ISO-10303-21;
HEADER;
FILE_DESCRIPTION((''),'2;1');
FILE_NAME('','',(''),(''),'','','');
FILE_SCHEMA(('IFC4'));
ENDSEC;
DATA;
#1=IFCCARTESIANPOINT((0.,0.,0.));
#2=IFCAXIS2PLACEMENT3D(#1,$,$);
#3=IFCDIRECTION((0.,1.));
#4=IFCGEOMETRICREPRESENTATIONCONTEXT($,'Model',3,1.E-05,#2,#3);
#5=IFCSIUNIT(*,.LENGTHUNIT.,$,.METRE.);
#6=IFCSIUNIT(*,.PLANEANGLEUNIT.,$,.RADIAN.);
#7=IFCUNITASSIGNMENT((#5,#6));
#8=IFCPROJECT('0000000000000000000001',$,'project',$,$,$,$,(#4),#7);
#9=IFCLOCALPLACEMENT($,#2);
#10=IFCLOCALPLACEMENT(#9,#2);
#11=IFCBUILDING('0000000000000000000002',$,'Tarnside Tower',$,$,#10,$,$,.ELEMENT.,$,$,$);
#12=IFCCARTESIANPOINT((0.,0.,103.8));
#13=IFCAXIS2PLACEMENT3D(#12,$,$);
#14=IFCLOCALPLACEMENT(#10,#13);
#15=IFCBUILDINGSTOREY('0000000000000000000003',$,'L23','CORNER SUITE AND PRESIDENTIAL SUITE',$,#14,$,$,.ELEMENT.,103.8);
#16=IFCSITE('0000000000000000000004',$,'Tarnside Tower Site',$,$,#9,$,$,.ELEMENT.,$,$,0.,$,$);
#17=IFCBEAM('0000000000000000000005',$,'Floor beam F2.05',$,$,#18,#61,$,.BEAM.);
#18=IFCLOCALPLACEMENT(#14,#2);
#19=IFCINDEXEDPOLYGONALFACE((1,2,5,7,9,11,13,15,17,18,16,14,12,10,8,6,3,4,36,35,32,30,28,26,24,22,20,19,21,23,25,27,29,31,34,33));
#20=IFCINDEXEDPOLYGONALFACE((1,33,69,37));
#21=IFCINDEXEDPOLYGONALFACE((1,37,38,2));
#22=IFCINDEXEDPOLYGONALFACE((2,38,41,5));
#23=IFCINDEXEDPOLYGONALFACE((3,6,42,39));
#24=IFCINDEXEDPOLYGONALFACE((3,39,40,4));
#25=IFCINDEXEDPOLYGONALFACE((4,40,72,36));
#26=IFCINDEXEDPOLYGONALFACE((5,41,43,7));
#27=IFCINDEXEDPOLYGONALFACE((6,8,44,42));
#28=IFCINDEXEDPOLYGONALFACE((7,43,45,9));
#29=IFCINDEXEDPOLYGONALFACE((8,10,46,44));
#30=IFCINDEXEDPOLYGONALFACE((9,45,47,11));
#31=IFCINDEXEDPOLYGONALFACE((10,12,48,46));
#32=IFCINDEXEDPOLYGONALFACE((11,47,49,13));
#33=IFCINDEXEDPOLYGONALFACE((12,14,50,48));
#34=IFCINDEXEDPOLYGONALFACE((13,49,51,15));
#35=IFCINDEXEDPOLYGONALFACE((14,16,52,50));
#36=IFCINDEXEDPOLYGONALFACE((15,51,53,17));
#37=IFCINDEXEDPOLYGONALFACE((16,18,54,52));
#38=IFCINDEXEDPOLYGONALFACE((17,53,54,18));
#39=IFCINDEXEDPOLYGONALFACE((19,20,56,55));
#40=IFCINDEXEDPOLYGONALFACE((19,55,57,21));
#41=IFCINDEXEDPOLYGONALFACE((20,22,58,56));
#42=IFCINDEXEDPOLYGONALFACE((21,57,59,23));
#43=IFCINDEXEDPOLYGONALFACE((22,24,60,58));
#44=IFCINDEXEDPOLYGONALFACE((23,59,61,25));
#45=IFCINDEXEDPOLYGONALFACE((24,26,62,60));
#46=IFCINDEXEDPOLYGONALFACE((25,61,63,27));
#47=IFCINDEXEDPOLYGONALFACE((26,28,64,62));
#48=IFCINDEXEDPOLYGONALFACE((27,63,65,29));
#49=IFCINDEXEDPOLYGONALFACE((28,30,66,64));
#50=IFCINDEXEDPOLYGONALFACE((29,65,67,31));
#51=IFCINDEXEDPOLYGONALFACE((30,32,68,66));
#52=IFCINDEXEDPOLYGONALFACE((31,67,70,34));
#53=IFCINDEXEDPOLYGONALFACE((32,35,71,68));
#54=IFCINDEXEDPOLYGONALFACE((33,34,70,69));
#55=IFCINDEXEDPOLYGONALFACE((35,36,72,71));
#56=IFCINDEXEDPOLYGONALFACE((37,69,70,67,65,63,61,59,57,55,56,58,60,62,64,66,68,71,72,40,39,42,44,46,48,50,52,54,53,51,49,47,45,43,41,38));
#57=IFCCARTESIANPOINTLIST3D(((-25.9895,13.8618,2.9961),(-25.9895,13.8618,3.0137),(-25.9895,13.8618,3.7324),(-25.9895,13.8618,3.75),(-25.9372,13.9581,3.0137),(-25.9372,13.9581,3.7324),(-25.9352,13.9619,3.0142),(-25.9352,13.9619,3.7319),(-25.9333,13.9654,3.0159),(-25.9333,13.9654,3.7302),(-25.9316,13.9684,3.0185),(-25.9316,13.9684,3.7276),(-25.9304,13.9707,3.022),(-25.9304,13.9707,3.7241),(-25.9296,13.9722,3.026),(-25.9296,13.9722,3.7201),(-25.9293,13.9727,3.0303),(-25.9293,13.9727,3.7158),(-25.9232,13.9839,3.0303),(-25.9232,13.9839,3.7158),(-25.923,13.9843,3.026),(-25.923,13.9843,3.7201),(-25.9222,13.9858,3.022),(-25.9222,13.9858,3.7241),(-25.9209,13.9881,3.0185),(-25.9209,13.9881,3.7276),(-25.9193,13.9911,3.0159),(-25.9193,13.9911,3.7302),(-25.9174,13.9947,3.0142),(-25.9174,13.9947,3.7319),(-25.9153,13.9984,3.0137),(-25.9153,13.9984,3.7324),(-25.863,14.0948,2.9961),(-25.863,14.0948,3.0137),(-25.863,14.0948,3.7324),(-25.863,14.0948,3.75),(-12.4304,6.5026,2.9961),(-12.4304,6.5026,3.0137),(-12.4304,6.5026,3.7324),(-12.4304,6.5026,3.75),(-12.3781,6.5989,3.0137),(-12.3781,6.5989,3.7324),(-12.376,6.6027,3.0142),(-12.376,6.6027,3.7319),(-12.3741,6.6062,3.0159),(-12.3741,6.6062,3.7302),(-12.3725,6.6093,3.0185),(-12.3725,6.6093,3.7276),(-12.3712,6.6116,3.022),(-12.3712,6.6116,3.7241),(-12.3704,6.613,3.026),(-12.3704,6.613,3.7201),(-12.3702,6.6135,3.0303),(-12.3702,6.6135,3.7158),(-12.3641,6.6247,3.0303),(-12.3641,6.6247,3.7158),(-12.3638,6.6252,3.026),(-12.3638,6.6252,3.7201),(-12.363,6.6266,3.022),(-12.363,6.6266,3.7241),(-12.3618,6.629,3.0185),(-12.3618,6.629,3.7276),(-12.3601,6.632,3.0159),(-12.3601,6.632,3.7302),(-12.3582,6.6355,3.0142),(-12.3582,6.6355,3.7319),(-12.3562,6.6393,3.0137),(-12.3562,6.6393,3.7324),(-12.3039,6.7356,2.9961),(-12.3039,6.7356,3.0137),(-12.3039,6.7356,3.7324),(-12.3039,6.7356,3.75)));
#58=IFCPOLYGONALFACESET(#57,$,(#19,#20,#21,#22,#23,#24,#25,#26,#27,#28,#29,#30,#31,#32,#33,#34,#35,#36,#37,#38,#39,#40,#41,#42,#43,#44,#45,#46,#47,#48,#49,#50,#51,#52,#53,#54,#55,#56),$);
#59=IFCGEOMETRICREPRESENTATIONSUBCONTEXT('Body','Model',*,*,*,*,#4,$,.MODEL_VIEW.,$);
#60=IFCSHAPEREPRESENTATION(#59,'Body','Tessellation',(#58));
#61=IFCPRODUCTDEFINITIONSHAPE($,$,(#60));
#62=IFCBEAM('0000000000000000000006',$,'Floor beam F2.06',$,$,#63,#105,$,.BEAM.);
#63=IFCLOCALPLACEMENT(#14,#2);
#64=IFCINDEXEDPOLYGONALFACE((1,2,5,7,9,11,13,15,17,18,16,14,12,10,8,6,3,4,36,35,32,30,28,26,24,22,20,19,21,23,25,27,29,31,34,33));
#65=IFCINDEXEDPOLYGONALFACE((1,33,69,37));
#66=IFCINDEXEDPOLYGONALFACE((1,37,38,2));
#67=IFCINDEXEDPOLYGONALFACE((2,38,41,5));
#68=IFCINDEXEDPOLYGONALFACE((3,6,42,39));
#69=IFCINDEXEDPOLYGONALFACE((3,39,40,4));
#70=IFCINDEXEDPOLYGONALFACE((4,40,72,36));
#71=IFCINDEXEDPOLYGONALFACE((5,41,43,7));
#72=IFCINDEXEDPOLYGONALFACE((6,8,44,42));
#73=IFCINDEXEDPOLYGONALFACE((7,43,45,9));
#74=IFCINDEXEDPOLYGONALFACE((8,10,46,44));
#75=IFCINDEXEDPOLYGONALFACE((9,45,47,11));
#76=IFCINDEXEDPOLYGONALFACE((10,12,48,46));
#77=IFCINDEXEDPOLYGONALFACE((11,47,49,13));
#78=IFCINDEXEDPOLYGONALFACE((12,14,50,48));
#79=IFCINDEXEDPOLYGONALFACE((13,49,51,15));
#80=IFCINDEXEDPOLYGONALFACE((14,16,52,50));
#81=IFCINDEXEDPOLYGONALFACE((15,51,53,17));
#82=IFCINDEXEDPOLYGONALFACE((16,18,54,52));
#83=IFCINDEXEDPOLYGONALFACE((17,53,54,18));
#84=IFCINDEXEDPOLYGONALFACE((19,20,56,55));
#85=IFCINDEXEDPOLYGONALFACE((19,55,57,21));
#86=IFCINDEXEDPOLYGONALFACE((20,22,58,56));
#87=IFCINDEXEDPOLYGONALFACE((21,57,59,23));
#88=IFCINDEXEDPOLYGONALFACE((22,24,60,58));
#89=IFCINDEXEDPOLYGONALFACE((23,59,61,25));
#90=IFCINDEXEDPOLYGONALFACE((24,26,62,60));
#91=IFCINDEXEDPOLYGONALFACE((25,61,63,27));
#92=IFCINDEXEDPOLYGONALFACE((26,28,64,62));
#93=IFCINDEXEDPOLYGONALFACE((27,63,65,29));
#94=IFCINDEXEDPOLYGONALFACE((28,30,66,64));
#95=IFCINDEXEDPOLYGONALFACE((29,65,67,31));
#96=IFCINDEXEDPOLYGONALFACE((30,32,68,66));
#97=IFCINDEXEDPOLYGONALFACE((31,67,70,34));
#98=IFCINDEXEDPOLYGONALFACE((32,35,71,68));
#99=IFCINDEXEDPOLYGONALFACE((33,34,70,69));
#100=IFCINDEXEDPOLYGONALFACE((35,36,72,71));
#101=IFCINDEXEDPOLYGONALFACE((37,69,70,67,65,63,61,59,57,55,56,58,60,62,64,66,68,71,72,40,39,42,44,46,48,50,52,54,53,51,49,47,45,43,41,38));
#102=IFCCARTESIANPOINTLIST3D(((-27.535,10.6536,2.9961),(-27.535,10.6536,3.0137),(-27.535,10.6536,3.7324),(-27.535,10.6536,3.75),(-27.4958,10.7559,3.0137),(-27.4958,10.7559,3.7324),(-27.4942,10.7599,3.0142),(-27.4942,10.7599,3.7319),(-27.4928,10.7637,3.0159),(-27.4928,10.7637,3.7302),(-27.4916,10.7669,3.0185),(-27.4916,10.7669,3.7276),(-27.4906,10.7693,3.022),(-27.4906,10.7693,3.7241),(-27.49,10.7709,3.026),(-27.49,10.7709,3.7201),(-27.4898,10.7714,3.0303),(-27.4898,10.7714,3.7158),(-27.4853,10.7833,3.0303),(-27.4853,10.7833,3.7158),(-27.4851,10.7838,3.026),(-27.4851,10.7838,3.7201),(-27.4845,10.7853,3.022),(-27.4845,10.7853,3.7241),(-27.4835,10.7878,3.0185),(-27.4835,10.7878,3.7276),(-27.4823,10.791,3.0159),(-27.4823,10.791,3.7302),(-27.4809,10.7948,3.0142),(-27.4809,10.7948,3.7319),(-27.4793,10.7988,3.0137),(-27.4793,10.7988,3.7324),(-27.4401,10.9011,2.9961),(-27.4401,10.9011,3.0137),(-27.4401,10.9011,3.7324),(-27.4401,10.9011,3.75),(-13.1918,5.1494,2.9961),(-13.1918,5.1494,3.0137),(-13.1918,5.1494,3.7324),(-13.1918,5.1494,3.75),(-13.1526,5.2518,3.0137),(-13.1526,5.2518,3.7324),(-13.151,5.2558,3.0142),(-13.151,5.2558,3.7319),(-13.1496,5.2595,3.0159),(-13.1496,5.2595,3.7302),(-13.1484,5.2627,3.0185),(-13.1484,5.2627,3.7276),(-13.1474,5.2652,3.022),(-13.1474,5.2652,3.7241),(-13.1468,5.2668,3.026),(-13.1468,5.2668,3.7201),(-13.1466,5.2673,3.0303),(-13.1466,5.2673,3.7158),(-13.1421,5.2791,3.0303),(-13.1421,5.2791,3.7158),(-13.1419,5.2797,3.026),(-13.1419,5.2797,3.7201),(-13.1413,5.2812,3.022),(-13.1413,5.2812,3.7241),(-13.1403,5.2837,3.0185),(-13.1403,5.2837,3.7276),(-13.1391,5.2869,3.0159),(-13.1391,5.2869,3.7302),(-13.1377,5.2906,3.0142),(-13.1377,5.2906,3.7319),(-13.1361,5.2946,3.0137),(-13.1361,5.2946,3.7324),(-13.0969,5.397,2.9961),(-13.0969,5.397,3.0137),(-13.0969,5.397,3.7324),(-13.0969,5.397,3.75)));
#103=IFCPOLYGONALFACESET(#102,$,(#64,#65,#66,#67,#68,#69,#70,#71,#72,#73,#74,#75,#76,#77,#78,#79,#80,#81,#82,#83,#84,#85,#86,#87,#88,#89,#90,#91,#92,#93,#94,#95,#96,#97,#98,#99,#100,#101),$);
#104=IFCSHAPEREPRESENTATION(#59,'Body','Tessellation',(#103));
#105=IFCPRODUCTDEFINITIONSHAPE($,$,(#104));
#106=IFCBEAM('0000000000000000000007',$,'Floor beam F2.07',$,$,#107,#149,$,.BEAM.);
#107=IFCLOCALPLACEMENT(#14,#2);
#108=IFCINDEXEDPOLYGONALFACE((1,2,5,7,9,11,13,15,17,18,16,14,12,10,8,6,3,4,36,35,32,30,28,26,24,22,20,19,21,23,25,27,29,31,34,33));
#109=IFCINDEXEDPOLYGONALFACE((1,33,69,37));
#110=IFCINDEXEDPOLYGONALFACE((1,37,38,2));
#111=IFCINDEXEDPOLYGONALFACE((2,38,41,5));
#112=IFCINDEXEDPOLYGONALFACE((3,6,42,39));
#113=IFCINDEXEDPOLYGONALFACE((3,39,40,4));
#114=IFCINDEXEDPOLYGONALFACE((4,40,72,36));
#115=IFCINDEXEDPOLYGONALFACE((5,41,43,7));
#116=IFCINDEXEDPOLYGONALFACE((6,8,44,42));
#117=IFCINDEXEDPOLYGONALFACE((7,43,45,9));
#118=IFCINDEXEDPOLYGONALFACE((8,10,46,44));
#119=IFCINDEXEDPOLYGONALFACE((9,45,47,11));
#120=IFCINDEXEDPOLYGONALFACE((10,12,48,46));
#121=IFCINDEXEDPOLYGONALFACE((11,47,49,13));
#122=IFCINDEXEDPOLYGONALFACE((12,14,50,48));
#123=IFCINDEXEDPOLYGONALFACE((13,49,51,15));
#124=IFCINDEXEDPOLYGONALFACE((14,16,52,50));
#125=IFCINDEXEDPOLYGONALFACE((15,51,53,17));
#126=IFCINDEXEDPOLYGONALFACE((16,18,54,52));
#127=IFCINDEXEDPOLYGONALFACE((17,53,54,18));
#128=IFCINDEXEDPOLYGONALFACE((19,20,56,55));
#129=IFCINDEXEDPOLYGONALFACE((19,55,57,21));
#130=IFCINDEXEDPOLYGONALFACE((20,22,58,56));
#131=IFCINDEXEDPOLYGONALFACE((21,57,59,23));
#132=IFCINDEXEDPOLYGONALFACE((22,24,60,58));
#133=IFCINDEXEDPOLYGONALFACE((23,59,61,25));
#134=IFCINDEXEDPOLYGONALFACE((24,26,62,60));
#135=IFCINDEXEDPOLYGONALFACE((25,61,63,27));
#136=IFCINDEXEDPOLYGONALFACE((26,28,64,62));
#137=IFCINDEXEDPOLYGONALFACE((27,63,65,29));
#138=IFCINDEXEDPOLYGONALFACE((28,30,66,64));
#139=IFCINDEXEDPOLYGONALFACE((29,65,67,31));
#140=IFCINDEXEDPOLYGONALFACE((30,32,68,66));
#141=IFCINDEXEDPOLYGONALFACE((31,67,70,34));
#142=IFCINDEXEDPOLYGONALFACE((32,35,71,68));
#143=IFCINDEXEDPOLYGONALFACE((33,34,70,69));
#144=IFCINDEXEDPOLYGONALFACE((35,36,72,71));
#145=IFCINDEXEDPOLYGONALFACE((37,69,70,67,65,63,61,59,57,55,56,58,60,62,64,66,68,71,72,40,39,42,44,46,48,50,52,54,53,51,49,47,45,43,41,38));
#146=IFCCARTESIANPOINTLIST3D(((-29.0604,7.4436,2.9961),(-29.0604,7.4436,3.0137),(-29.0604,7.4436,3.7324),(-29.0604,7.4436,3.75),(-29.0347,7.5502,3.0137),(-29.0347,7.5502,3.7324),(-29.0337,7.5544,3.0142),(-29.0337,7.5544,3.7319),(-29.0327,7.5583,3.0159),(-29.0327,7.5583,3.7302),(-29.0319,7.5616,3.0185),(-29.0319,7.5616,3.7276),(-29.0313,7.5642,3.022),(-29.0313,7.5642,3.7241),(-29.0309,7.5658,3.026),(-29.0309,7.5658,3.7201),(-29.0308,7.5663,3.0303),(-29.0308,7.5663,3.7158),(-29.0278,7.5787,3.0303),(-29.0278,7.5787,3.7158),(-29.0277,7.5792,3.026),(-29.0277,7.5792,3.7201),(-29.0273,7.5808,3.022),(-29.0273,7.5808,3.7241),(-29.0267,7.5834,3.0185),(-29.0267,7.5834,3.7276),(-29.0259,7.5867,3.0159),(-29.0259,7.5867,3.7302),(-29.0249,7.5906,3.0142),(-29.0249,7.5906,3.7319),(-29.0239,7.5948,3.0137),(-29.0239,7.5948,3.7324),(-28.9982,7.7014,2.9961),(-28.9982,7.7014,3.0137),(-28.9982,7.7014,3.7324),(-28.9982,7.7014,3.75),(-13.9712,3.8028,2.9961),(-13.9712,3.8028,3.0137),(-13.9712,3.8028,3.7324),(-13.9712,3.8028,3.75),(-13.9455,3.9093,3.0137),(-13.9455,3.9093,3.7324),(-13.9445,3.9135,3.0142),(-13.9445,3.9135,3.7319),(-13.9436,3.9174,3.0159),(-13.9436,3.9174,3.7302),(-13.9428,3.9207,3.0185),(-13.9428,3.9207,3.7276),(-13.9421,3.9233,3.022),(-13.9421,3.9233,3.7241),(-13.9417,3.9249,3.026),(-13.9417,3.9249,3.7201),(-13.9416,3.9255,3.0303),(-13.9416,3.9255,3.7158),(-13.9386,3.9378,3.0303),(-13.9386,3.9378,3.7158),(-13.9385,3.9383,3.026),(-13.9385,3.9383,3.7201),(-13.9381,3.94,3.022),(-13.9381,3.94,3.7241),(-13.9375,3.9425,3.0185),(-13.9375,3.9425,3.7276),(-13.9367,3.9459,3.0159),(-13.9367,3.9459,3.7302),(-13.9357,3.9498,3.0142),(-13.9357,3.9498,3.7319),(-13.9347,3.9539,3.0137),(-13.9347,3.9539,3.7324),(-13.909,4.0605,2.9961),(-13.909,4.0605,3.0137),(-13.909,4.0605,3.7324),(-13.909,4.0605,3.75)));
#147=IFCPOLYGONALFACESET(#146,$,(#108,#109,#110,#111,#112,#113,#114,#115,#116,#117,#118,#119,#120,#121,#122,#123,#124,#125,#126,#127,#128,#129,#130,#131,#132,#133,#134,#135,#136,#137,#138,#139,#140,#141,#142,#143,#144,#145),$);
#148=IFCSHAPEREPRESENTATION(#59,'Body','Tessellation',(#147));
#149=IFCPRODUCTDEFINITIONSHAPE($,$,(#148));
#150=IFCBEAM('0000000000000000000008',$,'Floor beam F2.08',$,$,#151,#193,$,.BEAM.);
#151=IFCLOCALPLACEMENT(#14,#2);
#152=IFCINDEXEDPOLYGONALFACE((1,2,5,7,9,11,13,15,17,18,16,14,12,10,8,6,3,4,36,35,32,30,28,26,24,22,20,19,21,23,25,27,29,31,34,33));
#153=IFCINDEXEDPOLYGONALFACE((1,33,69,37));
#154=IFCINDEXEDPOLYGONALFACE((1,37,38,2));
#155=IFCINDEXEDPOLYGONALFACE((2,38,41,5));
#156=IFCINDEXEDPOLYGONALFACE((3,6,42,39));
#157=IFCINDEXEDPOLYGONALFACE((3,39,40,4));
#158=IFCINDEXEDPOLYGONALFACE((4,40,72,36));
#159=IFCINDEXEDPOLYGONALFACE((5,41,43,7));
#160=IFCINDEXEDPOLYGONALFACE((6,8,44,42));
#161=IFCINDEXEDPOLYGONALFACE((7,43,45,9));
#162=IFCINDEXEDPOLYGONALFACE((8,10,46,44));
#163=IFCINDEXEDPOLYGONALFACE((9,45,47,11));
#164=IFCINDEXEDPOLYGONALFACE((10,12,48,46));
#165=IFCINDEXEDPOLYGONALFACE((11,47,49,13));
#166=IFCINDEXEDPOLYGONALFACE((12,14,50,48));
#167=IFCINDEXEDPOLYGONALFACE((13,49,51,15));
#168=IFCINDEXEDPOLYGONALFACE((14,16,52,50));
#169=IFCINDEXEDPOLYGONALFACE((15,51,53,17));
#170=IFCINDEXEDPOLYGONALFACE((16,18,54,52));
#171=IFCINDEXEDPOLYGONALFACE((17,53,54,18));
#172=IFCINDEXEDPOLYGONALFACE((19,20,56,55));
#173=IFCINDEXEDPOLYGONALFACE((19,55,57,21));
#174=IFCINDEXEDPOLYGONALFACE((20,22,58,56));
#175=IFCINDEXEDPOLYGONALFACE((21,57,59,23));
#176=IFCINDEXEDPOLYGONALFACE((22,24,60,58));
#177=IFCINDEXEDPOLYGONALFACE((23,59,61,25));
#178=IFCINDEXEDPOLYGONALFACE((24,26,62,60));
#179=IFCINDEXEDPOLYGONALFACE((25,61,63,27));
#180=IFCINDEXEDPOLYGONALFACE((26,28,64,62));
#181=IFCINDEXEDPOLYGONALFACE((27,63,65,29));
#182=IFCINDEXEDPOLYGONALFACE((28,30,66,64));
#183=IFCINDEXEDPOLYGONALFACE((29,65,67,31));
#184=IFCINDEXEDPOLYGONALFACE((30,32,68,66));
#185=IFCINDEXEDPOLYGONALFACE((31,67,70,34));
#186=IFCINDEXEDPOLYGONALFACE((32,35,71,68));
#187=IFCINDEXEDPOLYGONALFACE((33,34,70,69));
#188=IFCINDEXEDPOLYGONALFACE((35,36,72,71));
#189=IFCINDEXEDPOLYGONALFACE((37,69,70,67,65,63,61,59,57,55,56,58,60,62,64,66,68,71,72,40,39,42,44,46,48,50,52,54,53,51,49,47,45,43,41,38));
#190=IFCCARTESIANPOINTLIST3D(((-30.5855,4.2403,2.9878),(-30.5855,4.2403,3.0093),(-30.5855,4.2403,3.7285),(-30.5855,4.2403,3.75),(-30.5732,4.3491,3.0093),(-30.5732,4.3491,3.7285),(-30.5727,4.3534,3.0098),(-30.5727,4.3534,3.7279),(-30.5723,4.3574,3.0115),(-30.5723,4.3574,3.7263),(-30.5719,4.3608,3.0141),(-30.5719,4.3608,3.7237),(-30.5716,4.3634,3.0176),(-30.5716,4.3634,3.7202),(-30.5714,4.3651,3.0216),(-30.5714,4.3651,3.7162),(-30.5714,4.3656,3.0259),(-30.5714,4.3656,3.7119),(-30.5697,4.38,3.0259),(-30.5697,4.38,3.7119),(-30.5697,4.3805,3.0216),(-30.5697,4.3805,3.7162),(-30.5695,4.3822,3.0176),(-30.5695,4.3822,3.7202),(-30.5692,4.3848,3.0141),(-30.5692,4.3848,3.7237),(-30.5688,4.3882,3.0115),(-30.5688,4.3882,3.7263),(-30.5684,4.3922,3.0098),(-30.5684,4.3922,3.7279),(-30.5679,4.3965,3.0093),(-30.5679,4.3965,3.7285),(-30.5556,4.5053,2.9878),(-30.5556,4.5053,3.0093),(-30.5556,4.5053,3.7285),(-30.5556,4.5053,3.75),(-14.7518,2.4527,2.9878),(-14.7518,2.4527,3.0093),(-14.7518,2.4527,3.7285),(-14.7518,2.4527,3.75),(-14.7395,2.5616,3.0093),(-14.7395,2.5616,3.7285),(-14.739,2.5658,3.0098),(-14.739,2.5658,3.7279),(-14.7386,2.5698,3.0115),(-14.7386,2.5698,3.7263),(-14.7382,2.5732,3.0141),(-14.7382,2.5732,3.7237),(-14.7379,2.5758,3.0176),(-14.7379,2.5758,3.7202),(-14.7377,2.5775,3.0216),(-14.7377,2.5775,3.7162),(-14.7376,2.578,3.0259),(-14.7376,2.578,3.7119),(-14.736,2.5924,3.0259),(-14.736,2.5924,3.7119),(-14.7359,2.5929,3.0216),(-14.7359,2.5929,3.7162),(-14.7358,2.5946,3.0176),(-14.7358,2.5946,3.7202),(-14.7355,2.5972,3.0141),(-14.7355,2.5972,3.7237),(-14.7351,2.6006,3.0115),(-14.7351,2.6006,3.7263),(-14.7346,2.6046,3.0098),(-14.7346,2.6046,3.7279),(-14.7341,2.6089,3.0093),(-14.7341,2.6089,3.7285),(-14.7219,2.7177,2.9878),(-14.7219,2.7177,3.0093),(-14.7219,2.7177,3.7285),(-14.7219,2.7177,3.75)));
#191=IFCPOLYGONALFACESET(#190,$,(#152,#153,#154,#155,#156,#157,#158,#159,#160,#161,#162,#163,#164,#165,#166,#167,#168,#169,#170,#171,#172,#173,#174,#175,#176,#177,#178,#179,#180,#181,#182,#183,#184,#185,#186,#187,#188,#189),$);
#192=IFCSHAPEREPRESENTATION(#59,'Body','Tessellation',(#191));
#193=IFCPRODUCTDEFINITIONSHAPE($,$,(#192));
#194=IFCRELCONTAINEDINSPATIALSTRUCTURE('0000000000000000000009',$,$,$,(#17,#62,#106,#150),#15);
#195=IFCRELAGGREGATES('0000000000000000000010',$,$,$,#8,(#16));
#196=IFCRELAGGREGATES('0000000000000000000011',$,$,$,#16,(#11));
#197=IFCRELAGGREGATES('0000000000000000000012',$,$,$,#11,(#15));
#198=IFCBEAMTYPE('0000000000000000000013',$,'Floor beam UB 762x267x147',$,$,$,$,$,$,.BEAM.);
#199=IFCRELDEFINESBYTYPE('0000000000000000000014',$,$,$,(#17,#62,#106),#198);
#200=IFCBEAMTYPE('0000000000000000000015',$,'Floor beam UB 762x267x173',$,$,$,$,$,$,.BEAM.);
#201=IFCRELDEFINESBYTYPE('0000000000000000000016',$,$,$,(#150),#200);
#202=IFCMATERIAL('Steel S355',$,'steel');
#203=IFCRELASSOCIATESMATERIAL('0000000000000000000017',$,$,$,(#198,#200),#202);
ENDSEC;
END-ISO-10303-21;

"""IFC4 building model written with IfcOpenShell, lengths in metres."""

from ifc_helpers import new_model, si_unit, direction, frame, origin, origin_2d, place, context, subcontext, project, spatial, i_section, extrude, material, material_profile, profile_set, type_object, element, save


model = new_model("IFC4")

# Units and contexts
model_context = context("Model", 3, precision=1e-05, world=origin(), true_north=direction((0.0, 1.0)))
body_context = subcontext(model_context, "Body", "Model", "MODEL_VIEW")
ifc_project = project(units=[si_unit("LENGTHUNIT", "METRE"), si_unit("PLANEANGLEUNIT", "RADIAN")], contexts=[model_context])

# Site, building, storey
site_placement = place(None, origin())
site = spatial("IfcSite", under=ifc_project, at=site_placement, Name="Tarnside Tower Site", CompositionType="ELEMENT", RefElevation=0.0)
building_placement = place(site_placement, origin())
building = spatial("IfcBuilding", under=site, at=building_placement, Name="Tarnside Tower", CompositionType="ELEMENT")
storey_placement = place(building_placement, frame((0.0, 0.0, 103.8)))
storey = spatial("IfcBuildingStorey", under=building, at=storey_placement, Name="L23", Description="CORNER SUITE AND PRESIDENTIAL SUITE", CompositionType="ELEMENT", Elevation=103.8)

# Beams
ifc_material_1 = material(Name="Steel S355", Category="steel")
ifc_material_profile_1 = material_profile(ifc_material_1, i_section(OverallWidth=0.2651, OverallDepth=0.7539, WebThickness=0.0127, FlangeThickness=0.0176, FilletRadius=0.0166, at=origin_2d()), Name="UB 762x267x147")
ifc_profile_set_1 = profile_set([ifc_material_profile_1], Name="Steel S355")
beam_type_1 = type_object("IfcBeamType", Name="Floor beam UB 762x267x147", PredefinedType="BEAM", material=ifc_profile_set_1)
beam_1_placement = place(storey_placement, frame((-25.9263, 13.9783, 3.373), z_axis=(0.878895, -0.477016, 0.0), x_axis=(0.477016, 0.878895, 0.0)))
element("IfcBeam", 1, at=beam_1_placement, inside=storey, type_object=beam_type_1, Name="Floor beam F2.05", PredefinedType="BEAM", context=body_context, shape_type="SweptSolid", body=[
    extrude(i_section(OverallWidth=0.2651, OverallDepth=0.7539, WebThickness=0.0127, FlangeThickness=0.0176, FilletRadius=0.0166, at=origin_2d()), origin(), (0.0, 0.0, 1.0), 15.4275),
])
beam_2_placement = place(storey_placement, frame((-27.4875, 10.7773, 3.373), z_axis=(0.933618, -0.358271, 0.0), x_axis=(0.358271, 0.933618, 0.0)))
element("IfcBeam", 2, at=beam_2_placement, inside=storey, type_object=beam_type_1, Name="Floor beam F2.06", PredefinedType="BEAM", context=body_context, shape_type="SweptSolid", body=[
    extrude(i_section(OverallWidth=0.2651, OverallDepth=0.7539, WebThickness=0.0127, FlangeThickness=0.0176, FilletRadius=0.0166, at=origin_2d()), origin(), (0.0, 0.0, 1.0), 15.363),
])
beam_3_placement = place(storey_placement, frame((-29.0293, 7.5725, 3.373), z_axis=(0.972102, -0.23456, 0.0), x_axis=(0.23456, 0.972102, 0.0)))
element("IfcBeam", 3, at=beam_3_placement, inside=storey, type_object=beam_type_1, Name="Floor beam F2.07", PredefinedType="BEAM", context=body_context, shape_type="SweptSolid", body=[
    extrude(i_section(OverallWidth=0.2651, OverallDepth=0.7539, WebThickness=0.0127, FlangeThickness=0.0176, FilletRadius=0.0166, at=origin_2d()), origin(), (0.0, 0.0, 1.0), 15.5222),
])
ifc_material_profile_2 = material_profile(ifc_material_1, i_section(OverallWidth=0.2666, OverallDepth=0.7622, WebThickness=0.0144, FlangeThickness=0.0215, FilletRadius=0.0166, at=origin_2d()), Name="UB 762x267x173")
ifc_profile_set_2 = profile_set([ifc_material_profile_2], Name="Steel S355")
beam_type_2 = type_object("IfcBeamType", Name="Floor beam UB 762x267x173", PredefinedType="BEAM", material=ifc_profile_set_2)
beam_4_placement = place(storey_placement, frame((-30.5706, 4.3728, 3.3689), z_axis=(0.993687, -0.112185, 0.0), x_axis=(0.112185, 0.993687, 0.0)))
element("IfcBeam", 4, at=beam_4_placement, inside=storey, type_object=beam_type_2, Name="Floor beam F2.08", PredefinedType="BEAM", context=body_context, shape_type="SweptSolid", body=[
    extrude(i_section(OverallWidth=0.2666, OverallDepth=0.7622, WebThickness=0.0144, FlangeThickness=0.0215, FilletRadius=0.0166, at=origin_2d()), origin(), (0.0, 0.0, 1.0), 15.9343),
])

save(model, "model.ifc")
